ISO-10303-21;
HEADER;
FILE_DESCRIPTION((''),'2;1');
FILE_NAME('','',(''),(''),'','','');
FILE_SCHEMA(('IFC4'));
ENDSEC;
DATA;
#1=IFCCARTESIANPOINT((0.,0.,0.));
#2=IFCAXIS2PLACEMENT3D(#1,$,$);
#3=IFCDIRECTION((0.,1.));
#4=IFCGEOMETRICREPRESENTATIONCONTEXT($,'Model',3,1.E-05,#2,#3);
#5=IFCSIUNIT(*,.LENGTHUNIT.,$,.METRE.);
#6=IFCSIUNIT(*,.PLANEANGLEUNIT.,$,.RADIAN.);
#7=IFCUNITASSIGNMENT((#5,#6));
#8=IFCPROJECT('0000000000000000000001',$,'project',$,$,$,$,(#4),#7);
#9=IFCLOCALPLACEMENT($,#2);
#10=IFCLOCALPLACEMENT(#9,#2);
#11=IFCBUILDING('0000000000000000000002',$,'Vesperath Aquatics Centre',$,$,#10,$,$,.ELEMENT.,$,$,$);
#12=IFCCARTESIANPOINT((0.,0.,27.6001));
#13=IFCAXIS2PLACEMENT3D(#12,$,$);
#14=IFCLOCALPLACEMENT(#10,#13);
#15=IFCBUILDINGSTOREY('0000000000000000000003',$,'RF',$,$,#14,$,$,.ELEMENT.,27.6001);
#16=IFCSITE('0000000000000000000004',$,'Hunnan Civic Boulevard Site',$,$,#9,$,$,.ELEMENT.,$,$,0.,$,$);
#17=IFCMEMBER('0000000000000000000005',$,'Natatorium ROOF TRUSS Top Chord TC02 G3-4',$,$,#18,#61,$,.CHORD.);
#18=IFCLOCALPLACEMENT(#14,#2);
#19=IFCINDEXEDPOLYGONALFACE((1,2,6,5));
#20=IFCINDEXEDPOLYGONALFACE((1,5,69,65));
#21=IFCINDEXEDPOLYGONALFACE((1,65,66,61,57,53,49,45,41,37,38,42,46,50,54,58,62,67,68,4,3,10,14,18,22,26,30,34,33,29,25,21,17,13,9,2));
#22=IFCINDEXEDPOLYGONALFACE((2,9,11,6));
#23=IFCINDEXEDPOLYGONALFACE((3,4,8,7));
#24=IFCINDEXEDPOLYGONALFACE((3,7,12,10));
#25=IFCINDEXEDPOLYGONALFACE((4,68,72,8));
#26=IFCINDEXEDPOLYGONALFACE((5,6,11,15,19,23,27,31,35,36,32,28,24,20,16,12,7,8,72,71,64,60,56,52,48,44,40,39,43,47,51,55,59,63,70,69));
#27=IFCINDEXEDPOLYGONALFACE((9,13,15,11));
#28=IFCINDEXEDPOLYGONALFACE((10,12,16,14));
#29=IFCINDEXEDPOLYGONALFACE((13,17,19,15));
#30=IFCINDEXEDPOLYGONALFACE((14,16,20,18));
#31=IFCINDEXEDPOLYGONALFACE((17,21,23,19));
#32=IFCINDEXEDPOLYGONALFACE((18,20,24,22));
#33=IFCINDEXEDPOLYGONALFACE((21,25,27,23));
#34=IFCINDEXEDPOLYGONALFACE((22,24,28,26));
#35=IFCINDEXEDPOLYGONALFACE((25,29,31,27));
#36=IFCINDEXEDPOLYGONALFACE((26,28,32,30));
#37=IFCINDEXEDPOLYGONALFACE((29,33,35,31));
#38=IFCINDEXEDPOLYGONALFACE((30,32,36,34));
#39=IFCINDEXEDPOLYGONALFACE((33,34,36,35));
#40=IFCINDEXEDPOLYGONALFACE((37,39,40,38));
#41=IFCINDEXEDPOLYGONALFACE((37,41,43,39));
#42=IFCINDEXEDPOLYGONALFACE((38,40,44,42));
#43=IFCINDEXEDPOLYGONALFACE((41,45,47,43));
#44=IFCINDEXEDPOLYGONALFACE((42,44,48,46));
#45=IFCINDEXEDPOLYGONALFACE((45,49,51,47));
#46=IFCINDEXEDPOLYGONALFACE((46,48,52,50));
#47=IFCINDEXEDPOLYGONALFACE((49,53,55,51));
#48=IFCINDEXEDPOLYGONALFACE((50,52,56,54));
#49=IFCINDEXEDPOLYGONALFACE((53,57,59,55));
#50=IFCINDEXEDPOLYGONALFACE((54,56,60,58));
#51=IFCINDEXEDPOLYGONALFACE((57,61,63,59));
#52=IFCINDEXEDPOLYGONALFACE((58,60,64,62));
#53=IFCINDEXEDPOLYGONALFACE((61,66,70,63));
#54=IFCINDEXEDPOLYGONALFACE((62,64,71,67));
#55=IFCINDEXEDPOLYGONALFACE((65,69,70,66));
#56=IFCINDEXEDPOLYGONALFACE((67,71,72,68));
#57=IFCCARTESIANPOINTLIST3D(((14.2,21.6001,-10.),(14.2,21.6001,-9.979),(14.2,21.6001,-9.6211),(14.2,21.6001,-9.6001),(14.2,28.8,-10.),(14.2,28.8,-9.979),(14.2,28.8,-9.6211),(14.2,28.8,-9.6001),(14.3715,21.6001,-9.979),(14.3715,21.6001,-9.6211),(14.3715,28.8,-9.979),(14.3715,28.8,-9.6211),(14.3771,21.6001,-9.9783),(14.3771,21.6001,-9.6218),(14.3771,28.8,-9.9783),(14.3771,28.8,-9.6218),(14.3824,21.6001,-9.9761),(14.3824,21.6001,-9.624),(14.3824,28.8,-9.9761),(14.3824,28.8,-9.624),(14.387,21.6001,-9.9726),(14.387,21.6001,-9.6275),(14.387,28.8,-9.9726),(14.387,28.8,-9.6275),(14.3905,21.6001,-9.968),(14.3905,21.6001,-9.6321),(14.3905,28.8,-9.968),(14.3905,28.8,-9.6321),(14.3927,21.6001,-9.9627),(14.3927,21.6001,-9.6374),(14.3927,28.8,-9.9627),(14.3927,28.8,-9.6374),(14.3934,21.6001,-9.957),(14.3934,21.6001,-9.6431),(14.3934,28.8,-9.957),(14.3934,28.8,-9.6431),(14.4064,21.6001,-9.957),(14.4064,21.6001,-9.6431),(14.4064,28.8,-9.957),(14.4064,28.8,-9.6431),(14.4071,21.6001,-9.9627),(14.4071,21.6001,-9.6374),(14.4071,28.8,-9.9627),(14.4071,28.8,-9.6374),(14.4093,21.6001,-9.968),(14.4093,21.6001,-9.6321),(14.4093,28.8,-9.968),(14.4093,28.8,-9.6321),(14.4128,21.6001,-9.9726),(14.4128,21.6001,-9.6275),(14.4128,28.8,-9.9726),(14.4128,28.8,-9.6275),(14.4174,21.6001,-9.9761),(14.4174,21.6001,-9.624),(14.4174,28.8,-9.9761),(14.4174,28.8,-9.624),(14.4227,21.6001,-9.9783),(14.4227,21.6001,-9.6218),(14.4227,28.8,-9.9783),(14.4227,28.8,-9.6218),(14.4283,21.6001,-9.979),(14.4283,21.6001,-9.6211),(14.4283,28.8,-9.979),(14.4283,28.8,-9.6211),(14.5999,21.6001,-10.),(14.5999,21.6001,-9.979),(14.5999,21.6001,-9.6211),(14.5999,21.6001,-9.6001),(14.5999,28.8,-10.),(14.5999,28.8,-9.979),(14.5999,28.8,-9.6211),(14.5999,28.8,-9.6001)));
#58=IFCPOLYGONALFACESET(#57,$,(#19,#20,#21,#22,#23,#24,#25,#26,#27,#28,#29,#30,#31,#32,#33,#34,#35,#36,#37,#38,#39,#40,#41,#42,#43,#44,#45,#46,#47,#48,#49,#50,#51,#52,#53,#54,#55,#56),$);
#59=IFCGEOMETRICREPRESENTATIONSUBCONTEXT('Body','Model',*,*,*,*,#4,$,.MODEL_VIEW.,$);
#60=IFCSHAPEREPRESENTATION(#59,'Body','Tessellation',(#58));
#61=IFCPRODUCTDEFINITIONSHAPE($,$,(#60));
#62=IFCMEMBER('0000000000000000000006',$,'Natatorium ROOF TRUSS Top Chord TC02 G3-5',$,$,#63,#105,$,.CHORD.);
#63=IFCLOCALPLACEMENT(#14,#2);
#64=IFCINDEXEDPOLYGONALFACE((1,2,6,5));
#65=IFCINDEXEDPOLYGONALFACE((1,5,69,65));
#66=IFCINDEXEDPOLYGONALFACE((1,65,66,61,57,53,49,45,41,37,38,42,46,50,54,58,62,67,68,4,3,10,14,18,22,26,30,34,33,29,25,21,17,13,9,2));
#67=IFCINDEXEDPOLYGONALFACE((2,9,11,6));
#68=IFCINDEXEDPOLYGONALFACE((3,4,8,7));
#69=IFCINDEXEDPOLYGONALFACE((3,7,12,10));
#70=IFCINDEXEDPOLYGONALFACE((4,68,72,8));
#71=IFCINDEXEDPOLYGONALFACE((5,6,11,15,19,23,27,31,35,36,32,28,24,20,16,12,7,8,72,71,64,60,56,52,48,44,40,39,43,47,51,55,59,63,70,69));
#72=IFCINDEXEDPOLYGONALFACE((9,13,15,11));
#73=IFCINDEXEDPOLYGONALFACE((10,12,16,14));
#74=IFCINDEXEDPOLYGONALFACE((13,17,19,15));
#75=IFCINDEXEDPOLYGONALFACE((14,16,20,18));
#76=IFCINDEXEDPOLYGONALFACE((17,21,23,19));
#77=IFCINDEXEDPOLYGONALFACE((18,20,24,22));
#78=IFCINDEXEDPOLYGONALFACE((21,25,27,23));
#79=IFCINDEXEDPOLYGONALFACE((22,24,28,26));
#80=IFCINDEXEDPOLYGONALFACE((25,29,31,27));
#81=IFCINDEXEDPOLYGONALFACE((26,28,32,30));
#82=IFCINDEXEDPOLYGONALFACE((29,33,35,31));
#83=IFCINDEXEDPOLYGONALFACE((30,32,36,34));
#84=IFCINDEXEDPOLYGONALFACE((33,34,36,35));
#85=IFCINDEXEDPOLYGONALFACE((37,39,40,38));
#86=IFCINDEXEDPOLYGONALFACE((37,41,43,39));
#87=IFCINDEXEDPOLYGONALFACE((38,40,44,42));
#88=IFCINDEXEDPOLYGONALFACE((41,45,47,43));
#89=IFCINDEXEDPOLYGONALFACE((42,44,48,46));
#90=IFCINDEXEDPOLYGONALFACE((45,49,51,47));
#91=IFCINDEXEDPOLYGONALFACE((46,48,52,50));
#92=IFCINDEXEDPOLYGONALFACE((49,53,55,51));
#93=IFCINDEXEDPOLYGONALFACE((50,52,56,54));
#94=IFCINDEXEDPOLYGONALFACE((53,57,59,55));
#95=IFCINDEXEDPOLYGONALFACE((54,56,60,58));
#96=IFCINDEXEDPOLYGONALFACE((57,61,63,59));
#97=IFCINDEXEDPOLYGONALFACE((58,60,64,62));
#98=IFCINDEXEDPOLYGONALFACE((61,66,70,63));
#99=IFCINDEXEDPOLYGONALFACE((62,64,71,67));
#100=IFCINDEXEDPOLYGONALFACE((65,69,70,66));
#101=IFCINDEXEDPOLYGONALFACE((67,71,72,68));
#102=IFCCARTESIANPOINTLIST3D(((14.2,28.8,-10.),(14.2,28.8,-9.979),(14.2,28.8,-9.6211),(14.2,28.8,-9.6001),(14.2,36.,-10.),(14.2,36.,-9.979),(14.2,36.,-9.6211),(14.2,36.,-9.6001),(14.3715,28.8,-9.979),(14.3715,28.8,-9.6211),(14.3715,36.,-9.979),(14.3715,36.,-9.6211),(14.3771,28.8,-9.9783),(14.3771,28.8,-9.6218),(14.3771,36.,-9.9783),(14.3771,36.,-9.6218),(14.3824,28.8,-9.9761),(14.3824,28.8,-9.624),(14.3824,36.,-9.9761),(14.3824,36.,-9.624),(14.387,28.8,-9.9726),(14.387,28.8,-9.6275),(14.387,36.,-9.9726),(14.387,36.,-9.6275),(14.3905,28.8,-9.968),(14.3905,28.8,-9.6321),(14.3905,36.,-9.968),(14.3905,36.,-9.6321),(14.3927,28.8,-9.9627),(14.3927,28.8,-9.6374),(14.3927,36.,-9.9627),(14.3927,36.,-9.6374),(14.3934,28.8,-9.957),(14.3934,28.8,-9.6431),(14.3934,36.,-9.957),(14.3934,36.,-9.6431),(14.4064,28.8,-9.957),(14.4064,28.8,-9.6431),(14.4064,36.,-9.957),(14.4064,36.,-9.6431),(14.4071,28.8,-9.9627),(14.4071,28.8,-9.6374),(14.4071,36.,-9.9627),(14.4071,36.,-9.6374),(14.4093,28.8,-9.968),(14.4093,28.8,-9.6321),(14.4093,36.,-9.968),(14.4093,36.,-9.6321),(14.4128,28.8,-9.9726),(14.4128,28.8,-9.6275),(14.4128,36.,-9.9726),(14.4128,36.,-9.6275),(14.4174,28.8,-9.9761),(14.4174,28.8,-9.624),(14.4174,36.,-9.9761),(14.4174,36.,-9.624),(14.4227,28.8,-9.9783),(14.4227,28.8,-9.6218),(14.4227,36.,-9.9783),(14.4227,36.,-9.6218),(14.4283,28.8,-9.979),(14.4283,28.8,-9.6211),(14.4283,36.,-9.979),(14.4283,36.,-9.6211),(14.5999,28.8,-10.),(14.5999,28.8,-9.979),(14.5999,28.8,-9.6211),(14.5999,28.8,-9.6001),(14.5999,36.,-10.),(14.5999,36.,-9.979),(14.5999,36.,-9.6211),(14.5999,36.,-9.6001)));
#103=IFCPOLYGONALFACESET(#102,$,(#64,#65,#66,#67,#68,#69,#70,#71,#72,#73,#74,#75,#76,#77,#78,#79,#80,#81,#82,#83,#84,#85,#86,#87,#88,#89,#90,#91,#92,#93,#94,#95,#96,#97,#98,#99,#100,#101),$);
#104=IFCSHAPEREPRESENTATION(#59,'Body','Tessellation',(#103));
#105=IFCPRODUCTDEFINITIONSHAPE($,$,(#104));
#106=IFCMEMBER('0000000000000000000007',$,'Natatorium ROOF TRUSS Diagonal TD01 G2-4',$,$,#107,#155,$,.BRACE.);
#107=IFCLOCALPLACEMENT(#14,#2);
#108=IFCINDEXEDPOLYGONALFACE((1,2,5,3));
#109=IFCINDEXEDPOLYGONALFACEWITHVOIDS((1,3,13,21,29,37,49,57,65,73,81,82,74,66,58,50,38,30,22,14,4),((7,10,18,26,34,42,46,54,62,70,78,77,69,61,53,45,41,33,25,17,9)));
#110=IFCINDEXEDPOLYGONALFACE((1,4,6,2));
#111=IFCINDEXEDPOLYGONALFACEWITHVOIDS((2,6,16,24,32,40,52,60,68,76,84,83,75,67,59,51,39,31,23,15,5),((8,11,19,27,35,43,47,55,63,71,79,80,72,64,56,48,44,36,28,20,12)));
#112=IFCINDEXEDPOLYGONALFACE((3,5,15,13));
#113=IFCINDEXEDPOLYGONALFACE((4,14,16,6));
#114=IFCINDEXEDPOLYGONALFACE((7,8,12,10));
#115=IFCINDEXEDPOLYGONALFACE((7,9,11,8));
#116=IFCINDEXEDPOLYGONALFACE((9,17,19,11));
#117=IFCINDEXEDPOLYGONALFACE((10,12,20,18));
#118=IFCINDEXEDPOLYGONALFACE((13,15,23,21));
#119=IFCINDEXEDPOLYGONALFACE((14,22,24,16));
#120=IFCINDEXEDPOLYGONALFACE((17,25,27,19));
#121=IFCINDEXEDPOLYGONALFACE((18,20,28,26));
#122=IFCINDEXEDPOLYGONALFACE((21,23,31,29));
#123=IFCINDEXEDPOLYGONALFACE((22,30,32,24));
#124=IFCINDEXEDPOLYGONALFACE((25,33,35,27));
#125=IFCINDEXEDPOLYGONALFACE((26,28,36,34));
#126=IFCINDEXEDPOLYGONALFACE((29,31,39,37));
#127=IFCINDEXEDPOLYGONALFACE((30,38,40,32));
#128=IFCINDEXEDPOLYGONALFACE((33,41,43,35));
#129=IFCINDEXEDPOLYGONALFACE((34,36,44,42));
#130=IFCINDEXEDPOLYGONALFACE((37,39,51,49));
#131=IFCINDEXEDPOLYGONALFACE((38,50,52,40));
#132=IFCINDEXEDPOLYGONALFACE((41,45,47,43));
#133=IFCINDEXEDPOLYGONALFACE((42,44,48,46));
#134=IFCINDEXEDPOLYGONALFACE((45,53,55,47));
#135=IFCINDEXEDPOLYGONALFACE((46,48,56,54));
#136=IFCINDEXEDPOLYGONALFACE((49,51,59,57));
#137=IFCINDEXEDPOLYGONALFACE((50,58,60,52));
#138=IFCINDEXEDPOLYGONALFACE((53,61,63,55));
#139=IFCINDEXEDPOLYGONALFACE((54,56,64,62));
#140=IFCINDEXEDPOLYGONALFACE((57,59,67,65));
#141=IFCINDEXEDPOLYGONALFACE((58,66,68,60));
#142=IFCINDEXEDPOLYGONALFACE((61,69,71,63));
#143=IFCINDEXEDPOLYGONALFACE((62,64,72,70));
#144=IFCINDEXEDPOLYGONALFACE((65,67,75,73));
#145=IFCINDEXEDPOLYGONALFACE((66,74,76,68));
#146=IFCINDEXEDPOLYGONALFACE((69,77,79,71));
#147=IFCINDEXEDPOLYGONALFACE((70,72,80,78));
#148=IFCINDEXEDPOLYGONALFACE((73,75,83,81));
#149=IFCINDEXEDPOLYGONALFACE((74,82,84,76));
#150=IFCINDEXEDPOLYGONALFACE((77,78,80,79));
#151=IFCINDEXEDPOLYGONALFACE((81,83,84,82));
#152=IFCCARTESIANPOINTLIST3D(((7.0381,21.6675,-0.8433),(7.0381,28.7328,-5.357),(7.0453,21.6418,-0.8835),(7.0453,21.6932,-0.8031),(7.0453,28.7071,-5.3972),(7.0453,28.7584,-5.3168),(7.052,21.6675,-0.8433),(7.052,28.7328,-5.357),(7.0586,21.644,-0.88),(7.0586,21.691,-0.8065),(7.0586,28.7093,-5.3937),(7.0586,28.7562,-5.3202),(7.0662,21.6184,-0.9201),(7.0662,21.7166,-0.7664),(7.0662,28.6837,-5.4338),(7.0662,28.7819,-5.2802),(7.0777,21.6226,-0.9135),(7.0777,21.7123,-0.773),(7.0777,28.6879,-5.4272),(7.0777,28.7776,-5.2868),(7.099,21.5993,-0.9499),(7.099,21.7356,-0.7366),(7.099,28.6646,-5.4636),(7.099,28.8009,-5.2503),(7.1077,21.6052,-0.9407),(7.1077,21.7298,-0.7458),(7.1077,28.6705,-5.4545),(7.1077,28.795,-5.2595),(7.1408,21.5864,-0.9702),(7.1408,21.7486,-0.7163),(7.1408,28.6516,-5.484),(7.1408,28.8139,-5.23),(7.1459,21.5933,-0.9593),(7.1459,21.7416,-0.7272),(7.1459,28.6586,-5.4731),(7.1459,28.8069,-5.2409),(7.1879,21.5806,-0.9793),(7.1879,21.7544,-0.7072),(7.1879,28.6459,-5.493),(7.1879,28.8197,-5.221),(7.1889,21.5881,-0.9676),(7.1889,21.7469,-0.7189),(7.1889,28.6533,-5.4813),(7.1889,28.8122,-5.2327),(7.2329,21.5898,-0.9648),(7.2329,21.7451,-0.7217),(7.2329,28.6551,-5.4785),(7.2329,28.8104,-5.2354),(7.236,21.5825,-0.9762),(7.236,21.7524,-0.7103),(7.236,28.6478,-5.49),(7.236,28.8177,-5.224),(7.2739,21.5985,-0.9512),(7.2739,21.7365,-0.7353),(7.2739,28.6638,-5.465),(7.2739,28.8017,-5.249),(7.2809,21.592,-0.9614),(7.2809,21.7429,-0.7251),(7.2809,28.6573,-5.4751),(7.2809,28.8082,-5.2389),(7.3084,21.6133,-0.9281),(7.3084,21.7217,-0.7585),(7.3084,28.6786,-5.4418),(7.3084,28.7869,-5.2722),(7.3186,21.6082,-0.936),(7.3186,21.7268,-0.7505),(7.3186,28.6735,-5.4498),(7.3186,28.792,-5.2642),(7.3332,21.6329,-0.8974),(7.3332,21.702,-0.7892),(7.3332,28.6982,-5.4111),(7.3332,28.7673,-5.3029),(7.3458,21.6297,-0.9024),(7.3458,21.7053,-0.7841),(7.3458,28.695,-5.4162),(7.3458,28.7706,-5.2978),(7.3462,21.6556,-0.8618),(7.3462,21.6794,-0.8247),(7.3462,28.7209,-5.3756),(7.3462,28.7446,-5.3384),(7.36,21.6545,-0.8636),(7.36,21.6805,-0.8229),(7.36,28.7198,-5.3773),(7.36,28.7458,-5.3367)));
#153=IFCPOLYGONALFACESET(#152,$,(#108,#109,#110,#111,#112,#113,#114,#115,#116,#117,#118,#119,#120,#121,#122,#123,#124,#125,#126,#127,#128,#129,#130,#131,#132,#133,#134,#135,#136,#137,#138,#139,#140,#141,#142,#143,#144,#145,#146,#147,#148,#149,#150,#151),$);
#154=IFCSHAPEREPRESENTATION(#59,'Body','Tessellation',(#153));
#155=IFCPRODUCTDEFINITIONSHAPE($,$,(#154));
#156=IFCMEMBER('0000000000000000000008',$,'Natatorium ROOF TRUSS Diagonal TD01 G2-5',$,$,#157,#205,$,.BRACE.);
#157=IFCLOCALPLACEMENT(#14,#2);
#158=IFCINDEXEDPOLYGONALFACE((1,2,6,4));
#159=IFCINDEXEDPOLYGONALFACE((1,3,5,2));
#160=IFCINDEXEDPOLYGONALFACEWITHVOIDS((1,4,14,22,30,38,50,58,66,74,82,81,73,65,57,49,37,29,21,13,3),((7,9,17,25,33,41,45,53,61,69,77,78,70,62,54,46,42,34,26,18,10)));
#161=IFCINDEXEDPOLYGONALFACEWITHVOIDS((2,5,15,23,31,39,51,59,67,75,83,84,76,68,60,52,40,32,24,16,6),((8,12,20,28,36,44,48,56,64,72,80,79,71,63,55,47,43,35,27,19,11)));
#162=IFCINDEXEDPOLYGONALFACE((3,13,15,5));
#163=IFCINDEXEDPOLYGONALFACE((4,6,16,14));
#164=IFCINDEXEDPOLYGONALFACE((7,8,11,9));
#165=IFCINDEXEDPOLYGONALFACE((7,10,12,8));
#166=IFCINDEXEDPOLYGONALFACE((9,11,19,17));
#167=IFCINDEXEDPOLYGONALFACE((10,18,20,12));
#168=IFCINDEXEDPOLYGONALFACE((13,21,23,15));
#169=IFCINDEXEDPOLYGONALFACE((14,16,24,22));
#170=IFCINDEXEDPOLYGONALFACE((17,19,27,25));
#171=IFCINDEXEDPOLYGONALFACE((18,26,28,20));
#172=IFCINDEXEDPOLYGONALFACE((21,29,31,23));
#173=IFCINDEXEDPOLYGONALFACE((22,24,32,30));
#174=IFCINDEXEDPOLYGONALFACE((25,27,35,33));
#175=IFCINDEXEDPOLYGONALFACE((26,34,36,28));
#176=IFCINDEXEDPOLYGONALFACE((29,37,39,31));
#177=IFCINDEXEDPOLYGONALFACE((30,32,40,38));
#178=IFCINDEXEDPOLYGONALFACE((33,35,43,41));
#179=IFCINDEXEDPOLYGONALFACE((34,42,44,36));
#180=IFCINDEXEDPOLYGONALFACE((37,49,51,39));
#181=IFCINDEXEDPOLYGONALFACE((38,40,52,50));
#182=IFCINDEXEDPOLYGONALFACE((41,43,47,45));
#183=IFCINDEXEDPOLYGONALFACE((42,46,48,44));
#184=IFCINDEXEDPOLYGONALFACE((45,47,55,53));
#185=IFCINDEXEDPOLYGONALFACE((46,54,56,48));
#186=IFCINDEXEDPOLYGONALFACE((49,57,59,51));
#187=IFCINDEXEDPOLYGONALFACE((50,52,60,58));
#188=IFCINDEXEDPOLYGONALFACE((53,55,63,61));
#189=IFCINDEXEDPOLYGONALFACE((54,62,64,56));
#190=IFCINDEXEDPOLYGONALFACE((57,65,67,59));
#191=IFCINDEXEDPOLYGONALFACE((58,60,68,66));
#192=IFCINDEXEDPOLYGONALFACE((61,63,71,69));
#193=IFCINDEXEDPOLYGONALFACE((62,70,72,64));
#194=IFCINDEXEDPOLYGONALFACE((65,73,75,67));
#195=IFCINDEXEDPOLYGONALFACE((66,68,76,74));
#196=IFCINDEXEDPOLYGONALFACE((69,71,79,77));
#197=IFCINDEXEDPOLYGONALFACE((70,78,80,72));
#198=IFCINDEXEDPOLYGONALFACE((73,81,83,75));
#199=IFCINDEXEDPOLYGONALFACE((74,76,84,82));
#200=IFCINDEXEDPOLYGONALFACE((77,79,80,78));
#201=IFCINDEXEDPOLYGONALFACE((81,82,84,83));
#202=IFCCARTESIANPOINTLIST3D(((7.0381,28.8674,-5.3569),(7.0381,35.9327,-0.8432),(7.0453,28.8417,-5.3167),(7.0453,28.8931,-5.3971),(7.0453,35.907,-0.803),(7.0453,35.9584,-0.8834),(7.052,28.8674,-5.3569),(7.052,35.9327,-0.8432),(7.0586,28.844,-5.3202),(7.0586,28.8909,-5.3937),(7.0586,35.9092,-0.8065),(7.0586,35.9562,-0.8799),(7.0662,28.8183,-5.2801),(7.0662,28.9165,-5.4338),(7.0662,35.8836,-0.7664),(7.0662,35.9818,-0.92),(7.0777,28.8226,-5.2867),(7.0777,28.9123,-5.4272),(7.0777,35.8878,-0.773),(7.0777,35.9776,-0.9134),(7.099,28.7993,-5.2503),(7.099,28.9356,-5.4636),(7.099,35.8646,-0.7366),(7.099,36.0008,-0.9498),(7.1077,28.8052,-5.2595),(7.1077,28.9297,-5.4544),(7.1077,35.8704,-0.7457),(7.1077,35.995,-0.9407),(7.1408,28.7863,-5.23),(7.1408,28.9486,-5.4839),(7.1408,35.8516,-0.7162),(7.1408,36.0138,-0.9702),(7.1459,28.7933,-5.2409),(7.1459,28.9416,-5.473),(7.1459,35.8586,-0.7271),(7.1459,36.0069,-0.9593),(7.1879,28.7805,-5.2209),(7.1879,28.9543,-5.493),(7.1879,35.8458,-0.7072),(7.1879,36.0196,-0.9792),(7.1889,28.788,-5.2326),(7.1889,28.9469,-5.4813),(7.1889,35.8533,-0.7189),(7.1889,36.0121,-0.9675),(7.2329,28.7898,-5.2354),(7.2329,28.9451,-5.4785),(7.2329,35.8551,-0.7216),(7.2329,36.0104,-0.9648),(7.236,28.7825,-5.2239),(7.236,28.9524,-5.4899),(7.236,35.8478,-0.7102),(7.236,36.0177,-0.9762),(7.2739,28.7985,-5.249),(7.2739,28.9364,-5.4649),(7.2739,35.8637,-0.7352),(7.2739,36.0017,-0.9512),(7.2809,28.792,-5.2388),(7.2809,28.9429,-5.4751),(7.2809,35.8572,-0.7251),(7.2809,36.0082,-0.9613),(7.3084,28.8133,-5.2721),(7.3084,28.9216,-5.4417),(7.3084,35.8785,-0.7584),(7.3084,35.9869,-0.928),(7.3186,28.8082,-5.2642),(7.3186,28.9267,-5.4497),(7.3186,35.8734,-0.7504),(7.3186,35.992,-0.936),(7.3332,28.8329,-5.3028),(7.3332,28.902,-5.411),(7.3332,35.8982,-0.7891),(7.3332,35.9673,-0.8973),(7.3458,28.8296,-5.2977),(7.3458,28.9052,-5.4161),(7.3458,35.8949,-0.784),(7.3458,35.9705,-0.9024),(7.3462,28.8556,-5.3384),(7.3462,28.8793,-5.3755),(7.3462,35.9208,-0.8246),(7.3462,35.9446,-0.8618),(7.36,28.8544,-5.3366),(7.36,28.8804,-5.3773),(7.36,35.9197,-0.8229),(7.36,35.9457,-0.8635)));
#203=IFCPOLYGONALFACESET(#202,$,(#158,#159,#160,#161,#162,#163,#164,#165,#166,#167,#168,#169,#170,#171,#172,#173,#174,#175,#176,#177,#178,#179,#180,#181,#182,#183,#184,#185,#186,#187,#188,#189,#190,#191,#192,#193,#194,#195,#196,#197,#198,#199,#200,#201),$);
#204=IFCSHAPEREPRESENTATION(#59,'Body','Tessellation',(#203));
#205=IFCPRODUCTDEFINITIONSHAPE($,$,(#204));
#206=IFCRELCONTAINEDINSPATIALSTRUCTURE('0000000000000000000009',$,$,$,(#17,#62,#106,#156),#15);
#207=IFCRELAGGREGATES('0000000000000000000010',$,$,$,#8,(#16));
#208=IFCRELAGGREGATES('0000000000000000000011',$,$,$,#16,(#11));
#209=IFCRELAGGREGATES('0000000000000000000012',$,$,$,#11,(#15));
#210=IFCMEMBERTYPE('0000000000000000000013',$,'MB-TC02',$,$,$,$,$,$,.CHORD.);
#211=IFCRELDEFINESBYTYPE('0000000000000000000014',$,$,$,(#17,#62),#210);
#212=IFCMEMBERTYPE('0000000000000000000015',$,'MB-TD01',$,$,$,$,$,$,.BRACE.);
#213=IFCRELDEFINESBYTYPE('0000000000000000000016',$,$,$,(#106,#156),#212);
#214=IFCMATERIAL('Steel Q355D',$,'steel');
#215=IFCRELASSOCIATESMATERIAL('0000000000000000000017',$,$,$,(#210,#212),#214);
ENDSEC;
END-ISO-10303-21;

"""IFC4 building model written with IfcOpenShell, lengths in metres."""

from ifc_helpers import new_model, si_unit, direction, frame, origin, origin_2d, place, context, subcontext, project, spatial, hollow_circle, i_section, extrude, material, material_profile, profile_set, type_object, element, save


model = new_model("IFC4")

# Units and contexts
model_context = context("Model", 3, precision=1e-05, world=origin(), true_north=direction((0.0, 1.0)))
body_context = subcontext(model_context, "Body", "Model", "MODEL_VIEW")
ifc_project = project(units=[si_unit("LENGTHUNIT", "METRE"), si_unit("PLANEANGLEUNIT", "RADIAN")], contexts=[model_context])

# Site, building, storey
site_placement = place(None, origin())
site = spatial("IfcSite", under=ifc_project, at=site_placement, Name="Hunnan Civic Boulevard Site", CompositionType="ELEMENT", RefElevation=0.0)
building_placement = place(site_placement, origin())
building = spatial("IfcBuilding", under=site, at=building_placement, Name="Vesperath Aquatics Centre", CompositionType="ELEMENT")
storey_placement = place(building_placement, frame((0.0, 0.0, 27.6001)))
storey = spatial("IfcBuildingStorey", under=building, at=storey_placement, Name="RF", CompositionType="ELEMENT", Elevation=27.6001)

# Members
ifc_material_1 = material(Name="Steel Q355D", Category="steel")
ifc_material_profile_1 = material_profile(ifc_material_1, i_section(OverallWidth=0.3999, OverallDepth=0.3999, WebThickness=0.0129, FlangeThickness=0.021, FilletRadius=0.022, at=origin_2d()), Name="HW 400x400x13x21")
ifc_profile_set_1 = profile_set([ifc_material_profile_1], Name="Steel Q355D")
member_type_1 = type_object("IfcMemberType", Name="MB-TC02", PredefinedType="CHORD", material=ifc_profile_set_1)
for number, where, z_axis, x_axis, name in (
    (1, (14.3999, 21.6001, -9.8), (0.0, 1.0, 0.0), (-1.0, 0.0, 0.0), "Natatorium ROOF TRUSS Top Chord TC02 G3-4"),
    (2, (14.3999, 28.8, -9.8), (0.0, 1.0, 0.0), (-1.0, 0.0, 0.0), "Natatorium ROOF TRUSS Top Chord TC02 G3-5"),
):
    element("IfcMember", number, at=place(storey_placement, frame(where, z_axis=z_axis, x_axis=x_axis)), inside=storey, type_object=member_type_1, Name=name, PredefinedType="CHORD", context=body_context, shape_type="SweptSolid", body=[
        extrude(i_section(OverallWidth=0.3999, OverallDepth=0.3999, WebThickness=0.0129, FlangeThickness=0.021, FilletRadius=0.022, at=origin_2d()), origin(), (0.0, 0.0, 1.0), 7.2),
    ])
ifc_material_profile_2 = material_profile(ifc_material_1, hollow_circle(Radius=0.1619, WallThickness=0.0139, at=origin_2d()), Name="CHS 323.9x14")
ifc_profile_set_2 = profile_set([ifc_material_profile_2], Name="Steel Q355D")
member_type_2 = type_object("IfcMemberType", Name="MB-TD01", PredefinedType="BRACE", material=ifc_profile_set_2)
for number, where, z_axis, x_axis, name in (
    (3, (7.2, 21.6675, -0.8433), (0.0, 0.842707, -0.538373), (-1.0, 0.0, 0.0), "Natatorium ROOF TRUSS Diagonal TD01 G2-4"),
    (4, (7.2, 28.8674, -5.3569), (0.0, 0.842707, 0.538373), (-1.0, 0.0, 0.0), "Natatorium ROOF TRUSS Diagonal TD01 G2-5"),
):
    element("IfcMember", number, at=place(storey_placement, frame(where, z_axis=z_axis, x_axis=x_axis)), inside=storey, type_object=member_type_2, Name=name, PredefinedType="BRACE", context=body_context, shape_type="SweptSolid", body=[
        extrude(hollow_circle(Radius=0.1619, WallThickness=0.0139, at=origin_2d()), origin(), (0.0, 0.0, 1.0), 8.384),
    ])

save(model, "model.ifc")
